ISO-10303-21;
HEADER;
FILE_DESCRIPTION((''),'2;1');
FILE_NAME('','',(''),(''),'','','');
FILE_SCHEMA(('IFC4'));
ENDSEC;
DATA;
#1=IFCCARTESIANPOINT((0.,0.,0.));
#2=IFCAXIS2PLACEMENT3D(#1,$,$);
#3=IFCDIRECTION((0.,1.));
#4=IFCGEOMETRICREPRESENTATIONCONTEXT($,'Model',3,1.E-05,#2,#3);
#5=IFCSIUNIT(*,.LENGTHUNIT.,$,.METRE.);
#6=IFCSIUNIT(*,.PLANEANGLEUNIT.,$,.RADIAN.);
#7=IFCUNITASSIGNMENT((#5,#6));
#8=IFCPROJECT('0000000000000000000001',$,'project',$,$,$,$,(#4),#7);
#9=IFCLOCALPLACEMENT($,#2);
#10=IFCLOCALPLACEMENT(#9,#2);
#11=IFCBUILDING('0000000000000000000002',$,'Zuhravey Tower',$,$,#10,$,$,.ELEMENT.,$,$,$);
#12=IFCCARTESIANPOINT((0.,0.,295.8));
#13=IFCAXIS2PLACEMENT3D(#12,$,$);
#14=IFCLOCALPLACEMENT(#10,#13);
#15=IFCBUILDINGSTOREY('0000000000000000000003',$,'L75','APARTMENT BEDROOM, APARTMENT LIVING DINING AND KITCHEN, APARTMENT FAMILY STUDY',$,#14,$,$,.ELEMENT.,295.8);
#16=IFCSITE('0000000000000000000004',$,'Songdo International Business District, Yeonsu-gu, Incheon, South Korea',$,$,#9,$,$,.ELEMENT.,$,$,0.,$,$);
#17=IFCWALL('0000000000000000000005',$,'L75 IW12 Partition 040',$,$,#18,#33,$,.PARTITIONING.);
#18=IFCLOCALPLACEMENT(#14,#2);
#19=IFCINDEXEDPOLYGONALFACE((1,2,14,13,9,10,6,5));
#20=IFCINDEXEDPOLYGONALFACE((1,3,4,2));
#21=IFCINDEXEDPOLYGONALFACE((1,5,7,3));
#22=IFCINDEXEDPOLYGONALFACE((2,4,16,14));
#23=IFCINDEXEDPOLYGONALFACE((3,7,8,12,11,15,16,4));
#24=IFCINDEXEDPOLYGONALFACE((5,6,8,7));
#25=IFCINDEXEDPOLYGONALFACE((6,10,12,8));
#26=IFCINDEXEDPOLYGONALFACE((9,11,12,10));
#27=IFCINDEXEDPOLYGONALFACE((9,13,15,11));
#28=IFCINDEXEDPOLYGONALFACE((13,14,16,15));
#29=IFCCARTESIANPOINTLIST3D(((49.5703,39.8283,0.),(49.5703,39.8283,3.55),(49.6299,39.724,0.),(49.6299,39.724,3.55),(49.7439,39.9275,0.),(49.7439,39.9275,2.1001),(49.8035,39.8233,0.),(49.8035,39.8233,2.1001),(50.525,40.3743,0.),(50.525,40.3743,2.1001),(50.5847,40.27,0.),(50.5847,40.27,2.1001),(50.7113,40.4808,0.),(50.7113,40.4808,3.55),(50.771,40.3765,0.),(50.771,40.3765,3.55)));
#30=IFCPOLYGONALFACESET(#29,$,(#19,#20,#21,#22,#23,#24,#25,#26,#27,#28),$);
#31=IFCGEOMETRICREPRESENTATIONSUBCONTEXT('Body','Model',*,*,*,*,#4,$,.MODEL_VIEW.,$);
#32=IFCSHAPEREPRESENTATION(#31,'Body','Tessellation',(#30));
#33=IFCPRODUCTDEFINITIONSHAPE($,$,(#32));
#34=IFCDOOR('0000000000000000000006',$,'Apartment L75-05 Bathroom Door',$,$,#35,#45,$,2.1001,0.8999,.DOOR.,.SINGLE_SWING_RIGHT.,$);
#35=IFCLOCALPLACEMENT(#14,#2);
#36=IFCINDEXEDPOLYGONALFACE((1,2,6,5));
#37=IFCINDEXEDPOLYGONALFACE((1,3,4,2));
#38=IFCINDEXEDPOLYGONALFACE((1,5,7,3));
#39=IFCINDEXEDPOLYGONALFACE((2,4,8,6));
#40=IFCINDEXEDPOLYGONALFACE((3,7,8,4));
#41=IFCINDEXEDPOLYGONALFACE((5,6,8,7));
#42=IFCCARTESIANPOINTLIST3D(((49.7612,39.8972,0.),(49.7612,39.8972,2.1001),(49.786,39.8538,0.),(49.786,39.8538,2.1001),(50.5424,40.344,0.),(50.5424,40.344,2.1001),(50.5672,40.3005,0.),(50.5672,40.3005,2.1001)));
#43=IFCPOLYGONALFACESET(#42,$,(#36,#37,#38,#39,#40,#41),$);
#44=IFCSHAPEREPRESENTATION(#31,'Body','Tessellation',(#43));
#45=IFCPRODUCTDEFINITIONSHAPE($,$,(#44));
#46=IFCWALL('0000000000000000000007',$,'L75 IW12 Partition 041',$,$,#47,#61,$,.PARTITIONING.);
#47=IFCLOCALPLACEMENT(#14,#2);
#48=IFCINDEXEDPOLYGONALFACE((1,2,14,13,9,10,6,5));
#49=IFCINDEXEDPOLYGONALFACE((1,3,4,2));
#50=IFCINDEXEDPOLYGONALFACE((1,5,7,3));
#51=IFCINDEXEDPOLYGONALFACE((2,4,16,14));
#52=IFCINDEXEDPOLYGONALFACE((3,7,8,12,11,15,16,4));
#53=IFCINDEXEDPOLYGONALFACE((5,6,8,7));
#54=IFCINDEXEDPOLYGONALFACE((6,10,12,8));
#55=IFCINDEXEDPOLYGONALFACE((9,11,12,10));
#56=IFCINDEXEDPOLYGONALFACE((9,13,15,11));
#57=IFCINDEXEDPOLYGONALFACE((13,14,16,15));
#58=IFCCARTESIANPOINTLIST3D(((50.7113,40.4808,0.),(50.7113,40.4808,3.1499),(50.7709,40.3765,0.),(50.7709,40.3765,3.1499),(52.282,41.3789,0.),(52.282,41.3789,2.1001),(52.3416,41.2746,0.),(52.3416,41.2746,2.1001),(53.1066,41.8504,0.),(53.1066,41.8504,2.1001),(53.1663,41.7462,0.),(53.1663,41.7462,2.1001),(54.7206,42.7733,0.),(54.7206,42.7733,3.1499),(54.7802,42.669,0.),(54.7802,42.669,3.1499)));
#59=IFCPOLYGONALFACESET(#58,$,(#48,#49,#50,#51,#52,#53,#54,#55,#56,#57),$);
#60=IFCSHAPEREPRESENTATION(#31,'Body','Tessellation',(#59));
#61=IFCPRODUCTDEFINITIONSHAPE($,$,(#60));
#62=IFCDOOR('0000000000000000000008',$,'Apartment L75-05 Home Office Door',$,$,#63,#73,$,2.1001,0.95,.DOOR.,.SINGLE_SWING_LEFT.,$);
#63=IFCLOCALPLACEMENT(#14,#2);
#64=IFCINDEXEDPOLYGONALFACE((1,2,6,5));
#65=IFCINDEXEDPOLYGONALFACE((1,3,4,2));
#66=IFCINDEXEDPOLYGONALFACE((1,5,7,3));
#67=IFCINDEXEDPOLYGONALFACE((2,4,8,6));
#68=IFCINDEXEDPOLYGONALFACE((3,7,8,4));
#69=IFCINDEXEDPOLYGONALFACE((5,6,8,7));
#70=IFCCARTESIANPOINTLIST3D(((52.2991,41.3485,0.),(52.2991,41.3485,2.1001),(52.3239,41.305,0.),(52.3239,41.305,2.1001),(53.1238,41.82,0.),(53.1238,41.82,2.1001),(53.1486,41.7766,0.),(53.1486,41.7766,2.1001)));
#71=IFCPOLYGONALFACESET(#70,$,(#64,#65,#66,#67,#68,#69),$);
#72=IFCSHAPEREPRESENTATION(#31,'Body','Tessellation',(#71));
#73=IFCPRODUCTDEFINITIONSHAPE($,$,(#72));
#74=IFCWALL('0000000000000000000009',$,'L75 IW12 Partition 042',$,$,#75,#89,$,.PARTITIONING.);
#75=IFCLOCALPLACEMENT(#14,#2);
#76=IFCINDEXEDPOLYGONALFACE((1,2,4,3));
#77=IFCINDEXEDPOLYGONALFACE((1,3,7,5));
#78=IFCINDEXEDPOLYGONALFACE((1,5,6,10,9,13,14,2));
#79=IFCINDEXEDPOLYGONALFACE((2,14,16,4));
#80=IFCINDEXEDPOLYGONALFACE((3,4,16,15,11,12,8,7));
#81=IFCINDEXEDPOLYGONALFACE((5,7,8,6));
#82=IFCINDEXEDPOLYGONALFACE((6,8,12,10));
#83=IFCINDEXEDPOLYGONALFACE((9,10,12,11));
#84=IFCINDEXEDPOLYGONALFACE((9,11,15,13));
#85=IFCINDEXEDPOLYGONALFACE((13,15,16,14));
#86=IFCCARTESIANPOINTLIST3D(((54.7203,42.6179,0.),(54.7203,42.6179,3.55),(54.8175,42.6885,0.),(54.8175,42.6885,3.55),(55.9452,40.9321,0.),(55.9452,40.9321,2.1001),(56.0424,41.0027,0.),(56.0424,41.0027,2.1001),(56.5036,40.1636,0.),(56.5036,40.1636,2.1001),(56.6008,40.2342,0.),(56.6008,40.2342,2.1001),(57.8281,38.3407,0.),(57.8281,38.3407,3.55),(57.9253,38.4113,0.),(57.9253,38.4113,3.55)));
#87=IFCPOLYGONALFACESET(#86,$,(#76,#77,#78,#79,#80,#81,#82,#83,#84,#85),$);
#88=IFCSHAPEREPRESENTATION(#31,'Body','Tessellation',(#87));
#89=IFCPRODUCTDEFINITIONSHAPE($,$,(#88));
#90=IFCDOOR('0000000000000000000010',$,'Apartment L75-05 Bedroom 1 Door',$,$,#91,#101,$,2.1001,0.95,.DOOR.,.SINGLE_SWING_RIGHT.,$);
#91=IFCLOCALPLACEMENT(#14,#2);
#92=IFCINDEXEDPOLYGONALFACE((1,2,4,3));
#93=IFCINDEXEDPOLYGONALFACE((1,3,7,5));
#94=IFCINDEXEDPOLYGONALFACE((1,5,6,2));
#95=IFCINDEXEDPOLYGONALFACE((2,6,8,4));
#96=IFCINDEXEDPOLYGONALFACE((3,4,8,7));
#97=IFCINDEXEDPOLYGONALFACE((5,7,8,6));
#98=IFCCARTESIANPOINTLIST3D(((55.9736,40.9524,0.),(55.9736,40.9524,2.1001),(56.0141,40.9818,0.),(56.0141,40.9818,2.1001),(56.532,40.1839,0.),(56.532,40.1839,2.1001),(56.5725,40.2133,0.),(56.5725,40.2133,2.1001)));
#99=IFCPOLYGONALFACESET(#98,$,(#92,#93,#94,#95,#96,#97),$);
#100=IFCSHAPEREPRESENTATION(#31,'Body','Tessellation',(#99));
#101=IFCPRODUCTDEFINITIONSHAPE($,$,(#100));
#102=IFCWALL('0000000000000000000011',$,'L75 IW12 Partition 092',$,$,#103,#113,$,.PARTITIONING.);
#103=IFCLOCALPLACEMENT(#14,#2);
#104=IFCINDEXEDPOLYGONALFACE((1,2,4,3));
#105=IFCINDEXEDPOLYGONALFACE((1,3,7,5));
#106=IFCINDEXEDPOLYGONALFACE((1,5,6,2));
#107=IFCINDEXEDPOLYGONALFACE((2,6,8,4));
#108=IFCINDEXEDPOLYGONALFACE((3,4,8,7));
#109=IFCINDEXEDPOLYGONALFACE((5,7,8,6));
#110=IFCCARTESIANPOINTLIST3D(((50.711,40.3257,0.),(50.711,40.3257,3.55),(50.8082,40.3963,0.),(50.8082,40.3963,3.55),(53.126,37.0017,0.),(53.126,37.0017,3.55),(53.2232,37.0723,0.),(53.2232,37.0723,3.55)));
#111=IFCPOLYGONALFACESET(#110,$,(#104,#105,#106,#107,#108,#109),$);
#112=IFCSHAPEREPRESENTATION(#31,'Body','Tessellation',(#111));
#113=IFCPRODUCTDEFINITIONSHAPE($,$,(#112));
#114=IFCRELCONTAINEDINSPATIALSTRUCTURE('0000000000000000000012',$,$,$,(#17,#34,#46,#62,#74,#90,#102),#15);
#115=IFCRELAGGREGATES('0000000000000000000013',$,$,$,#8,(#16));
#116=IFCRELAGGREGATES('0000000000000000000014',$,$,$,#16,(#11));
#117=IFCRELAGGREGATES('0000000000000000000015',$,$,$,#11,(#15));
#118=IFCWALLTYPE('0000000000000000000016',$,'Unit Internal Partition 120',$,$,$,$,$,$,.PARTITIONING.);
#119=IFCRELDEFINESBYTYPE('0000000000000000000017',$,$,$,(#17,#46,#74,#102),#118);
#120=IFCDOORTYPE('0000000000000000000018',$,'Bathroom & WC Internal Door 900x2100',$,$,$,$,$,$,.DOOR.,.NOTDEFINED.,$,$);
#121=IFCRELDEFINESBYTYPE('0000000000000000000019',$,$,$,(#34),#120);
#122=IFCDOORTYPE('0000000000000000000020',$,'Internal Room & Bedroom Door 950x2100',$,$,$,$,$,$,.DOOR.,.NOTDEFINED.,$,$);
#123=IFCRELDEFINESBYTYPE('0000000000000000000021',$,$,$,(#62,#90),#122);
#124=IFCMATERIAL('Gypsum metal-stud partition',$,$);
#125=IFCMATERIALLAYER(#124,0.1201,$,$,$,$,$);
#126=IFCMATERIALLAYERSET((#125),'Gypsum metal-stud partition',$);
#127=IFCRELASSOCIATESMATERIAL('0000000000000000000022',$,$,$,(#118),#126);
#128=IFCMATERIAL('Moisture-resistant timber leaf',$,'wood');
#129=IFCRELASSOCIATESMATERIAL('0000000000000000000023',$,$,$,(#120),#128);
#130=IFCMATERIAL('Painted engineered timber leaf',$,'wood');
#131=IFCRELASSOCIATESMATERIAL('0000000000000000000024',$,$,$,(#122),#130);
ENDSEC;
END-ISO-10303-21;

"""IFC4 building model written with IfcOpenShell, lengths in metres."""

from ifc_helpers import new_model, si_unit, direction, frame, frame_2d, origin, place, context, subcontext, project, spatial, rectangle, extrude, material, layer, layer_set, type_object, element, fill, save


model = new_model("IFC4")

# Units and contexts
model_context = context("Model", 3, precision=1e-05, world=origin(), true_north=direction((0.0, 1.0)))
body_context = subcontext(model_context, "Body", "Model", "MODEL_VIEW")
ifc_project = project(units=[si_unit("LENGTHUNIT", "METRE"), si_unit("PLANEANGLEUNIT", "RADIAN")], contexts=[model_context])

# Site, building, storey
site_placement = place(None, origin())
site = spatial("IfcSite", under=ifc_project, at=site_placement, Name="Songdo International Business District, Yeonsu-gu, Incheon, South Korea", CompositionType="ELEMENT", RefElevation=0.0)
building_placement = place(site_placement, origin())
building = spatial("IfcBuilding", under=site, at=building_placement, Name="Zuhravey Tower", CompositionType="ELEMENT")
storey_placement = place(building_placement, frame((0.0, 0.0, 295.8)))
storey = spatial("IfcBuildingStorey", under=building, at=storey_placement, Name="L75", Description="APARTMENT BEDROOM, APARTMENT LIVING DINING AND KITCHEN, APARTMENT FAMILY STUDY", CompositionType="ELEMENT", Elevation=295.8)

# Walls, openings, doors
ifc_material_1 = material(Name="Gypsum metal-stud partition")
ifc_layer_1 = layer(ifc_material_1, 0.1201)
ifc_layer_set_1 = layer_set([ifc_layer_1], Name="Gypsum metal-stud partition")
wall_type_1 = type_object("IfcWallType", Name="Unit Internal Partition 120", PredefinedType="PARTITIONING", material=ifc_layer_set_1)
wall_1_placement = place(storey_placement, frame((49.6001, 39.7761, 0.0), z_axis=(0.0, 0.0, 1.0), x_axis=(0.868072, 0.496439, 0.0)))
wall_1 = element("IfcWall", 1, at=wall_1_placement, inside=storey, type_object=wall_type_1, Name="L75 IW12 Partition 040", PredefinedType="PARTITIONING", context=body_context, shape_type="SweptSolid", body=[
    extrude(rectangle(XDim=1.3145, YDim=0.1201, at=frame_2d((0.6572, 0.0))), origin(), (0.0, 0.0, 1.0), 3.55),
])
opening_1_placement = place(wall_1_placement, frame((0.2, 0.0, 0.0)))
opening_1 = element("IfcOpeningElement", 2, at=opening_1_placement, cuts=wall_1, PredefinedType="OPENING", context=body_context, shape_type="SweptSolid", body=[
    extrude(rectangle(XDim=0.8999, YDim=2.1001, at=frame_2d((0.45, 1.05))), frame((0.0, 0.072, 0.0), z_axis=(0.0, -1.0, 0.0), x_axis=(1.0, 0.0, 0.0)), (0.0, 0.0, 1.0), 0.144),
])
ifc_material_2 = material(Name="Moisture-resistant timber leaf", Category="wood")
door_type_1 = type_object("IfcDoorType", Name="Bathroom & WC Internal Door 900x2100", OperationType="NOTDEFINED", PredefinedType="DOOR", material=ifc_material_2)
door_1_placement = place(opening_1_placement, frame((0.8999, 0.0, 0.0), z_axis=(0.0, 0.0, 1.0), x_axis=(-1.0, 0.0, 0.0)))
door_1 = element("IfcDoor", 3, at=door_1_placement, inside=storey, type_object=door_type_1, Name="Apartment L75-05 Bathroom Door", OperationType="SINGLE_SWING_RIGHT", OverallHeight=2.1001, OverallWidth=0.8999, PredefinedType="DOOR", context=body_context, shape_type="SweptSolid", body=[
    extrude(rectangle(XDim=0.8999, YDim=2.1001, at=frame_2d((0.45, 1.05))), frame((0.0, 0.0249, 0.0), z_axis=(0.0, -1.0, 0.0), x_axis=(1.0, 0.0, 0.0)), (0.0, 0.0, 1.0), 0.05),
])
fill(opening_1, door_1)
wall_2_placement = place(storey_placement, frame((50.7412, 40.4287, 0.0), z_axis=(0.0, 0.0, 1.0), x_axis=(0.868106, 0.496378, 0.0)))
wall_2 = element("IfcWall", 4, at=wall_2_placement, inside=storey, type_object=wall_type_1, Name="L75 IW12 Partition 041", PredefinedType="PARTITIONING", context=body_context, shape_type="SweptSolid", body=[
    extrude(rectangle(XDim=4.6184, YDim=0.1201, at=frame_2d((2.3091, 0.0))), origin(), (0.0, 0.0, 1.0), 3.1499),
])
opening_2_placement = place(wall_2_placement, frame((1.8091, 0.0, 0.0)))
opening_2 = element("IfcOpeningElement", 5, at=opening_2_placement, cuts=wall_2, PredefinedType="OPENING", context=body_context, shape_type="SweptSolid", body=[
    extrude(rectangle(XDim=0.95, YDim=2.1001, at=frame_2d((0.4751, 1.05))), frame((0.0, 0.072, 0.0), z_axis=(0.0, -1.0, 0.0), x_axis=(1.0, 0.0, 0.0)), (0.0, 0.0, 1.0), 0.144),
])
ifc_material_3 = material(Name="Painted engineered timber leaf", Category="wood")
door_type_2 = type_object("IfcDoorType", Name="Internal Room & Bedroom Door 950x2100", OperationType="NOTDEFINED", PredefinedType="DOOR", material=ifc_material_3)
door_2_placement = place(opening_2_placement, frame((0.95, 0.0, 0.0), z_axis=(0.0, 0.0, 1.0), x_axis=(-1.0, 0.0, 0.0)))
door_2 = element("IfcDoor", 6, at=door_2_placement, inside=storey, type_object=door_type_2, Name="Apartment L75-05 Home Office Door", OperationType="SINGLE_SWING_LEFT", OverallHeight=2.1001, OverallWidth=0.95, PredefinedType="DOOR", context=body_context, shape_type="SweptSolid", body=[
    extrude(rectangle(XDim=0.95, YDim=2.1001, at=frame_2d((0.4751, 1.05))), frame((0.0, 0.0249, 0.0), z_axis=(0.0, -1.0, 0.0), x_axis=(1.0, 0.0, 0.0)), (0.0, 0.0, 1.0), 0.05),
])
fill(opening_2, door_2)
wall_3_placement = place(storey_placement, frame((57.8767, 38.376, 0.0), z_axis=(0.0, 0.0, 1.0), x_axis=(-0.587815, 0.808996, 0.0)))
wall_3 = element("IfcWall", 7, at=wall_3_placement, inside=storey, type_object=wall_type_1, Name="L75 IW12 Partition 042", PredefinedType="PARTITIONING", context=body_context, shape_type="SweptSolid", body=[
    extrude(rectangle(XDim=5.2871, YDim=0.1201, at=frame_2d((2.6436, 0.0))), origin(), (0.0, 0.0, 1.0), 3.55),
])
opening_3_placement = place(wall_3_placement, frame((2.2532, 0.0, 0.0)))
opening_3 = element("IfcOpeningElement", 8, at=opening_3_placement, cuts=wall_3, PredefinedType="OPENING", context=body_context, shape_type="SweptSolid", body=[
    extrude(rectangle(XDim=0.95, YDim=2.1001, at=frame_2d((0.4751, 1.05))), frame((0.0, 0.072, 0.0), z_axis=(0.0, -1.0, 0.0), x_axis=(1.0, 0.0, 0.0)), (0.0, 0.0, 1.0), 0.144),
])
door_3_placement = place(opening_3_placement, frame((0.95, 0.0, 0.0), z_axis=(0.0, 0.0, 1.0), x_axis=(-1.0, 0.0, 0.0)))
door_3 = element("IfcDoor", 9, at=door_3_placement, inside=storey, type_object=door_type_2, Name="Apartment L75-05 Bedroom 1 Door", OperationType="SINGLE_SWING_RIGHT", OverallHeight=2.1001, OverallWidth=0.95, PredefinedType="DOOR", context=body_context, shape_type="SweptSolid", body=[
    extrude(rectangle(XDim=0.95, YDim=2.1001, at=frame_2d((0.4751, 1.05))), frame((0.0, 0.0249, 0.0), z_axis=(0.0, -1.0, 0.0), x_axis=(1.0, 0.0, 0.0)), (0.0, 0.0, 1.0), 0.05),
])
fill(opening_3, door_3)

# Wall
wall_4_placement = place(storey_placement, frame((53.1746, 37.0371, 0.0), z_axis=(0.0, 0.0, 1.0), x_axis=(-0.58779, 0.809014, 0.0)))
element("IfcWall", 10, at=wall_4_placement, inside=storey, type_object=wall_type_1, Name="L75 IW12 Partition 092", PredefinedType="PARTITIONING", context=body_context, shape_type="SweptSolid", body=[
    extrude(rectangle(XDim=4.1086, YDim=0.1201, at=frame_2d((2.0542, 0.0))), origin(), (0.0, 0.0, 1.0), 3.55),
])

save(model, "model.ifc")
